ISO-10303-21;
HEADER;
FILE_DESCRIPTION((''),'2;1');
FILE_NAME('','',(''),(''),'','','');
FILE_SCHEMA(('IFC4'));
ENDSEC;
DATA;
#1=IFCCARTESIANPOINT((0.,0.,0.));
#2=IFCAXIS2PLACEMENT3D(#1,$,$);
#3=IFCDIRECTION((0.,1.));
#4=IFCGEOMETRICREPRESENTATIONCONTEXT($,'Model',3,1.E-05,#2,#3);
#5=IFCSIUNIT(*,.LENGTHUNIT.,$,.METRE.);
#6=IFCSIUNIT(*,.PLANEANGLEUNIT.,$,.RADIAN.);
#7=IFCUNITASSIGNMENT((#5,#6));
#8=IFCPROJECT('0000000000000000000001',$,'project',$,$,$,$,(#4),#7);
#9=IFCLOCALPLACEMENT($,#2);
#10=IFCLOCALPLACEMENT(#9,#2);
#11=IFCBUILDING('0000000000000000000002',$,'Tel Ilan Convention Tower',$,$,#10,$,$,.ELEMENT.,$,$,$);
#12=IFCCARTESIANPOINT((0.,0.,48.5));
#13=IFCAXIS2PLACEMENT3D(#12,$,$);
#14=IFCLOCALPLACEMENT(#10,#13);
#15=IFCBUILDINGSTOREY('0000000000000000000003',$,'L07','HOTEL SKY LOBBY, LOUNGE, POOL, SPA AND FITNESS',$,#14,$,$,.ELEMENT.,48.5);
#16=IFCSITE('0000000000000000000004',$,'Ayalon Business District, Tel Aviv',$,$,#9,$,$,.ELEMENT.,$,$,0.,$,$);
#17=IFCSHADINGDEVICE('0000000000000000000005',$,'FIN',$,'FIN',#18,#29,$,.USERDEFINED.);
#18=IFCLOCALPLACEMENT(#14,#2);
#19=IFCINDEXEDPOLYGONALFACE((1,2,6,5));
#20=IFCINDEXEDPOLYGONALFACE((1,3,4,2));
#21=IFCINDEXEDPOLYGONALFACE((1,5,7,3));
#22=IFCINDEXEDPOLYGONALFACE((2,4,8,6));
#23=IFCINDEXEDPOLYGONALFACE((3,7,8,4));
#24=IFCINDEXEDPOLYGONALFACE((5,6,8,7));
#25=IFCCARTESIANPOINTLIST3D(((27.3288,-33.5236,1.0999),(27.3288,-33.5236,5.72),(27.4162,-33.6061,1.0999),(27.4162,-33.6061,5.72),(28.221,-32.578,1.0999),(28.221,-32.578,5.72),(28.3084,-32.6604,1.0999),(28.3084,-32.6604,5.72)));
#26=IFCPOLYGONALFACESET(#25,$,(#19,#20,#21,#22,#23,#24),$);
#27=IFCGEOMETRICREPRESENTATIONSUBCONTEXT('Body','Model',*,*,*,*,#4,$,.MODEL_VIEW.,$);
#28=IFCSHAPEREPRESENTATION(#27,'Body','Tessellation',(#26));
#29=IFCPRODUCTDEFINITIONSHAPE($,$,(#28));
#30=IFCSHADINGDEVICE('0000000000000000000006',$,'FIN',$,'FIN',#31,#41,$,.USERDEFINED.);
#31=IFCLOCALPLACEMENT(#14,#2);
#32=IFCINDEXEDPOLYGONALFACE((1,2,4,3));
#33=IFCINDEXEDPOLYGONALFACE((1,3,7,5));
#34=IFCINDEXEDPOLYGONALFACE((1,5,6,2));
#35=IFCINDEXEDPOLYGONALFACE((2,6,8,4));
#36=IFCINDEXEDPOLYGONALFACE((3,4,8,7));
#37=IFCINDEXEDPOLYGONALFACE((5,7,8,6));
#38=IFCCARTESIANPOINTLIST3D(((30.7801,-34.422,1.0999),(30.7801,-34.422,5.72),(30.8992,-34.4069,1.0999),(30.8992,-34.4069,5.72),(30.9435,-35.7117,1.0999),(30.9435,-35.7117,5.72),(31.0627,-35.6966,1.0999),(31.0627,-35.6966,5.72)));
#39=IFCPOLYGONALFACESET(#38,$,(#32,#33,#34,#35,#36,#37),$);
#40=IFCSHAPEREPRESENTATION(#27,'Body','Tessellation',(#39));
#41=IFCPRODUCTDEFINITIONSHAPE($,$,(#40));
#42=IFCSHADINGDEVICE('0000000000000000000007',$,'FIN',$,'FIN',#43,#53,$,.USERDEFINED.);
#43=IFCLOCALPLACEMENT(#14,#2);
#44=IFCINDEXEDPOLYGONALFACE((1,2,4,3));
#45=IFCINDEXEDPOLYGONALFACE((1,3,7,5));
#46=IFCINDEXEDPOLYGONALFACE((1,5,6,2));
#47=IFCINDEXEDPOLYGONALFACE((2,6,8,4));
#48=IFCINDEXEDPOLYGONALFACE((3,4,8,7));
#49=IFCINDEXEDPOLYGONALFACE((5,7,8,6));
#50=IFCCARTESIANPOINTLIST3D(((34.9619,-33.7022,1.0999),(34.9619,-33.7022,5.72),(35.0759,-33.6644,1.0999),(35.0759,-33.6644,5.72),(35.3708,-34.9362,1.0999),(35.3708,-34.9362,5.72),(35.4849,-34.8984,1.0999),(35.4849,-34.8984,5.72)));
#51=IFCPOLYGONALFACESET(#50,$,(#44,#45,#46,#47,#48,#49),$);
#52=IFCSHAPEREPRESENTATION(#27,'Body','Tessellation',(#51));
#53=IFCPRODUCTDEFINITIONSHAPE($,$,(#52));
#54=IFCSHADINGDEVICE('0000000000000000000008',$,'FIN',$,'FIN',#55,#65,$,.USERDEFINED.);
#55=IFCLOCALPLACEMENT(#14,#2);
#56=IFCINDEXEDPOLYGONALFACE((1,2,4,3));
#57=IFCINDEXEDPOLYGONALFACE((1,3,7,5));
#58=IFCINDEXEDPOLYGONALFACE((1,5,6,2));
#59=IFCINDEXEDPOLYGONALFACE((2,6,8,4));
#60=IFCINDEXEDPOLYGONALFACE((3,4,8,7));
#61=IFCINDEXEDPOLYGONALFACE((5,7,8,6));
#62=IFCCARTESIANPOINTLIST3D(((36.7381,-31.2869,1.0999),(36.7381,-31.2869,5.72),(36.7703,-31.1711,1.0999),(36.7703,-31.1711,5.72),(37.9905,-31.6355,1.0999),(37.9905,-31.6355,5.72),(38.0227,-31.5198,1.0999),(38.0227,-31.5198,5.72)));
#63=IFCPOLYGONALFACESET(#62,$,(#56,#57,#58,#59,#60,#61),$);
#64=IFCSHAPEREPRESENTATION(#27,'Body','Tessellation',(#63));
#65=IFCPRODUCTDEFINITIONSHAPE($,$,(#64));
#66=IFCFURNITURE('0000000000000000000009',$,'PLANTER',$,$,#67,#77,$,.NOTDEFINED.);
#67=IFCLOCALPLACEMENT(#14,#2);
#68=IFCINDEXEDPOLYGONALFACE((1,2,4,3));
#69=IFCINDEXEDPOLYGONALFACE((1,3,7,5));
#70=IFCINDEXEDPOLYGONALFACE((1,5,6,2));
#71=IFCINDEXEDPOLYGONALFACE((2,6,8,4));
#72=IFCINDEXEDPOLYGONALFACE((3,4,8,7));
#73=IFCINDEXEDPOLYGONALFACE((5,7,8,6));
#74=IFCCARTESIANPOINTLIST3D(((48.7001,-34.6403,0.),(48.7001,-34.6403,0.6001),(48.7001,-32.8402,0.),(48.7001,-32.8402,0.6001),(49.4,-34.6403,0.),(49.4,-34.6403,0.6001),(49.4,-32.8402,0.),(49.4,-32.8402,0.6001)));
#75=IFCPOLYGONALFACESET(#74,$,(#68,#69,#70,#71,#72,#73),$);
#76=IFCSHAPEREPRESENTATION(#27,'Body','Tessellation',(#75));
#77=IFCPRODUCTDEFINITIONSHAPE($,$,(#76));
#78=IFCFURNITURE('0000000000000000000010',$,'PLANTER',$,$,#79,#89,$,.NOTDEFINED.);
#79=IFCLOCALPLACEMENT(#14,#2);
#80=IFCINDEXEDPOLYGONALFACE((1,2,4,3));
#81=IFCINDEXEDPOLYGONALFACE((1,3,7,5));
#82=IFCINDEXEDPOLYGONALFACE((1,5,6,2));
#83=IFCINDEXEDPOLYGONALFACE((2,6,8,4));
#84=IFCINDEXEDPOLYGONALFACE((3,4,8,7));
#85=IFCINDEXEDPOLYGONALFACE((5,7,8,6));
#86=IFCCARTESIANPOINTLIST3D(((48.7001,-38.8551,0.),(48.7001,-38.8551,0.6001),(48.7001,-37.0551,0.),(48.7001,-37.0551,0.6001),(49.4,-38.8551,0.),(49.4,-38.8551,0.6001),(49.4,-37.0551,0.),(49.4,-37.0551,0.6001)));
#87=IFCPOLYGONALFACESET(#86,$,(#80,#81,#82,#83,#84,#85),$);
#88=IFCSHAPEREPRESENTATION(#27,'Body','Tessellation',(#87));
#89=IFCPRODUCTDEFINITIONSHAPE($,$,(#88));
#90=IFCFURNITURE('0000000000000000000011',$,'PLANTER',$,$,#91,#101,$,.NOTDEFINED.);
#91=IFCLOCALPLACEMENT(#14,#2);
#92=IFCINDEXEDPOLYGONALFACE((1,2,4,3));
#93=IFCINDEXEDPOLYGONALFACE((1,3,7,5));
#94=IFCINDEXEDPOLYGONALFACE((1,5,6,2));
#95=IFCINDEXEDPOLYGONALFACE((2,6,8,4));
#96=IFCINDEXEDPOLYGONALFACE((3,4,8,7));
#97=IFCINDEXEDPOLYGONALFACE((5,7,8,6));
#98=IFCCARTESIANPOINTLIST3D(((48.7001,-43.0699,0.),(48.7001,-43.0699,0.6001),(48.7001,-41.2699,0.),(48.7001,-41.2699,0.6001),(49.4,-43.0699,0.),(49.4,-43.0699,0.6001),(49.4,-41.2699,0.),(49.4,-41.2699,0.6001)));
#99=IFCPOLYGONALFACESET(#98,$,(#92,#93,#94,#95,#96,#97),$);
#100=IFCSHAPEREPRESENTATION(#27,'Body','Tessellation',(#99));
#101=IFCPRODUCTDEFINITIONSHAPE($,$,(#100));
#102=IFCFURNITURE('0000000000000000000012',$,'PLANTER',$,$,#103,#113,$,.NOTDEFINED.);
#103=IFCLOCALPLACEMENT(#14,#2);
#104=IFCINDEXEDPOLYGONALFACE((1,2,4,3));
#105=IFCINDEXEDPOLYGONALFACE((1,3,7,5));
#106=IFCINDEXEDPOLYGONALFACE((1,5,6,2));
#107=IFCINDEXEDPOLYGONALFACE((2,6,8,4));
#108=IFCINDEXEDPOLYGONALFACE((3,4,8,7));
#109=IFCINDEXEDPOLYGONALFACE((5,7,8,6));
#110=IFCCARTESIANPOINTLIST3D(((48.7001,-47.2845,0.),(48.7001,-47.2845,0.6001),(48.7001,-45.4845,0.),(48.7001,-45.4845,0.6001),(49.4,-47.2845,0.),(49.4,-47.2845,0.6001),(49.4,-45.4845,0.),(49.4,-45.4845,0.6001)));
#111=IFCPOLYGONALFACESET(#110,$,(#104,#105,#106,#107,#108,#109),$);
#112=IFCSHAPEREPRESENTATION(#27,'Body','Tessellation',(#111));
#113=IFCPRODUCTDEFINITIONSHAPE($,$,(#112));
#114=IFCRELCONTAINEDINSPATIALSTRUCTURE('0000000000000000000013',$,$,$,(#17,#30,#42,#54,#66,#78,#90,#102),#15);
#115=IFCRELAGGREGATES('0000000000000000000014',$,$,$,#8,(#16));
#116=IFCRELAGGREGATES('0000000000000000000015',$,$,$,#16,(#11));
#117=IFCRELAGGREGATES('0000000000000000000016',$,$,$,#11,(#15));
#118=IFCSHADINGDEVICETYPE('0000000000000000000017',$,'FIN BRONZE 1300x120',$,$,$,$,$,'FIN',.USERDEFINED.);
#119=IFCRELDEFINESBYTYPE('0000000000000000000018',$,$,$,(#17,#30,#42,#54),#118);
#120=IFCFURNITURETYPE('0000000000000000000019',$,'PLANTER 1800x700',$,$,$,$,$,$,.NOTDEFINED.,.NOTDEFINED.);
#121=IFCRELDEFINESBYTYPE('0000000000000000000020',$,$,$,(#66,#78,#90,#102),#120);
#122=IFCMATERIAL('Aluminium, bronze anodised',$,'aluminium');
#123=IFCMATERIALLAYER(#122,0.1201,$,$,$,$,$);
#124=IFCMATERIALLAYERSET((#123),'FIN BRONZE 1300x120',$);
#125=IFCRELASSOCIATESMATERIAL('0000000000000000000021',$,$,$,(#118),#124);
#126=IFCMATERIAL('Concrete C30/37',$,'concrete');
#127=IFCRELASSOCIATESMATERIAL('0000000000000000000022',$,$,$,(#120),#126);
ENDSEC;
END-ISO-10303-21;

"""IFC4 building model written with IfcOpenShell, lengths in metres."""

from ifc_helpers import new_model, si_unit, direction, frame, origin, origin_2d, place, context, subcontext, project, spatial, rectangle, extrude, material, layer, layer_set, type_object, element, save


model = new_model("IFC4")

# Units and contexts
model_context = context("Model", 3, precision=1e-05, world=origin(), true_north=direction((0.0, 1.0)))
body_context = subcontext(model_context, "Body", "Model", "MODEL_VIEW")
ifc_project = project(units=[si_unit("LENGTHUNIT", "METRE"), si_unit("PLANEANGLEUNIT", "RADIAN")], contexts=[model_context])

# Site, building, storey
site_placement = place(None, origin())
site = spatial("IfcSite", under=ifc_project, at=site_placement, Name="Ayalon Business District, Tel Aviv", CompositionType="ELEMENT", RefElevation=0.0)
building_placement = place(site_placement, origin())
building = spatial("IfcBuilding", under=site, at=building_placement, Name="Tel Ilan Convention Tower", CompositionType="ELEMENT")
storey_placement = place(building_placement, frame((0.0, 0.0, 48.5)))
storey = spatial("IfcBuildingStorey", under=building, at=storey_placement, Name="L07", Description="HOTEL SKY LOBBY, LOUNGE, POOL, SPA AND FITNESS", CompositionType="ELEMENT", Elevation=48.5)

# Shading devices
ifc_material_1 = material(Name="Aluminium, bronze anodised", Category="aluminium")
ifc_layer_1 = layer(ifc_material_1, 0.1201)
ifc_layer_set_1 = layer_set([ifc_layer_1], Name="FIN BRONZE 1300x120")
shading_device_type = type_object("IfcShadingDeviceType", Name="FIN BRONZE 1300x120", ElementType="FIN", PredefinedType="USERDEFINED", material=ifc_layer_set_1)
for number, where, z_axis, x_axis, name in (
    (1, (27.8186, -33.092, 1.0999), (0.0, 0.0, 1.0), (-0.686242, -0.727374, 0.0), "FIN"),
    (2, (30.9214, -35.0593, 1.0999), (0.0, 0.0, 1.0), (0.125718, -0.992066, 0.0), "FIN"),
    (3, (35.2234, -34.3003, 1.0999), (0.0, 0.0, 1.0), (0.314545, -0.949243, 0.0), "FIN"),
    (4, (37.3804, -31.4033, 1.0999), (0.0, 0.0, 1.0), (0.963371, -0.268173, 0.0), "FIN"),
):
    element("IfcShadingDevice", number, at=place(storey_placement, frame(where, z_axis=z_axis, x_axis=x_axis)), inside=storey, type_object=shading_device_type, Name=name, ObjectType="FIN", PredefinedType="USERDEFINED", context=body_context, shape_type="SweptSolid", body=[
        extrude(rectangle(XDim=1.3, YDim=0.1201, at=origin_2d()), origin(), (0.0, 0.0, 1.0), 4.6201),
    ])

# Furniture
ifc_material_2 = material(Name="Concrete C30/37", Category="concrete")
furniture_type = type_object("IfcFurnitureType", Name="PLANTER 1800x700", AssemblyPlace="NOTDEFINED", PredefinedType="NOTDEFINED", material=ifc_material_2)
for number, where, z_axis, x_axis, name in (
    (5, (49.05, -33.7402, 0.0), (0.0, 0.0, 1.0), (0.0, -1.0, 0.0), "PLANTER"),
    (6, (49.05, -37.9551, 0.0), (0.0, 0.0, 1.0), (0.0, -1.0, 0.0), "PLANTER"),
    (7, (49.05, -42.1699, 0.0), (0.0, 0.0, 1.0), (0.0, -1.0, 0.0), "PLANTER"),
    (8, (49.05, -46.3845, 0.0), (0.0, 0.0, 1.0), (0.0, -1.0, 0.0), "PLANTER"),
):
    element("IfcFurniture", number, at=place(storey_placement, frame(where, z_axis=z_axis, x_axis=x_axis)), inside=storey, type_object=furniture_type, Name=name, PredefinedType="NOTDEFINED", context=body_context, shape_type="SweptSolid", body=[
        extrude(rectangle(XDim=1.8, YDim=0.7, at=origin_2d()), origin(), (0.0, 0.0, 1.0), 0.6001),
    ])

save(model, "model.ifc")
